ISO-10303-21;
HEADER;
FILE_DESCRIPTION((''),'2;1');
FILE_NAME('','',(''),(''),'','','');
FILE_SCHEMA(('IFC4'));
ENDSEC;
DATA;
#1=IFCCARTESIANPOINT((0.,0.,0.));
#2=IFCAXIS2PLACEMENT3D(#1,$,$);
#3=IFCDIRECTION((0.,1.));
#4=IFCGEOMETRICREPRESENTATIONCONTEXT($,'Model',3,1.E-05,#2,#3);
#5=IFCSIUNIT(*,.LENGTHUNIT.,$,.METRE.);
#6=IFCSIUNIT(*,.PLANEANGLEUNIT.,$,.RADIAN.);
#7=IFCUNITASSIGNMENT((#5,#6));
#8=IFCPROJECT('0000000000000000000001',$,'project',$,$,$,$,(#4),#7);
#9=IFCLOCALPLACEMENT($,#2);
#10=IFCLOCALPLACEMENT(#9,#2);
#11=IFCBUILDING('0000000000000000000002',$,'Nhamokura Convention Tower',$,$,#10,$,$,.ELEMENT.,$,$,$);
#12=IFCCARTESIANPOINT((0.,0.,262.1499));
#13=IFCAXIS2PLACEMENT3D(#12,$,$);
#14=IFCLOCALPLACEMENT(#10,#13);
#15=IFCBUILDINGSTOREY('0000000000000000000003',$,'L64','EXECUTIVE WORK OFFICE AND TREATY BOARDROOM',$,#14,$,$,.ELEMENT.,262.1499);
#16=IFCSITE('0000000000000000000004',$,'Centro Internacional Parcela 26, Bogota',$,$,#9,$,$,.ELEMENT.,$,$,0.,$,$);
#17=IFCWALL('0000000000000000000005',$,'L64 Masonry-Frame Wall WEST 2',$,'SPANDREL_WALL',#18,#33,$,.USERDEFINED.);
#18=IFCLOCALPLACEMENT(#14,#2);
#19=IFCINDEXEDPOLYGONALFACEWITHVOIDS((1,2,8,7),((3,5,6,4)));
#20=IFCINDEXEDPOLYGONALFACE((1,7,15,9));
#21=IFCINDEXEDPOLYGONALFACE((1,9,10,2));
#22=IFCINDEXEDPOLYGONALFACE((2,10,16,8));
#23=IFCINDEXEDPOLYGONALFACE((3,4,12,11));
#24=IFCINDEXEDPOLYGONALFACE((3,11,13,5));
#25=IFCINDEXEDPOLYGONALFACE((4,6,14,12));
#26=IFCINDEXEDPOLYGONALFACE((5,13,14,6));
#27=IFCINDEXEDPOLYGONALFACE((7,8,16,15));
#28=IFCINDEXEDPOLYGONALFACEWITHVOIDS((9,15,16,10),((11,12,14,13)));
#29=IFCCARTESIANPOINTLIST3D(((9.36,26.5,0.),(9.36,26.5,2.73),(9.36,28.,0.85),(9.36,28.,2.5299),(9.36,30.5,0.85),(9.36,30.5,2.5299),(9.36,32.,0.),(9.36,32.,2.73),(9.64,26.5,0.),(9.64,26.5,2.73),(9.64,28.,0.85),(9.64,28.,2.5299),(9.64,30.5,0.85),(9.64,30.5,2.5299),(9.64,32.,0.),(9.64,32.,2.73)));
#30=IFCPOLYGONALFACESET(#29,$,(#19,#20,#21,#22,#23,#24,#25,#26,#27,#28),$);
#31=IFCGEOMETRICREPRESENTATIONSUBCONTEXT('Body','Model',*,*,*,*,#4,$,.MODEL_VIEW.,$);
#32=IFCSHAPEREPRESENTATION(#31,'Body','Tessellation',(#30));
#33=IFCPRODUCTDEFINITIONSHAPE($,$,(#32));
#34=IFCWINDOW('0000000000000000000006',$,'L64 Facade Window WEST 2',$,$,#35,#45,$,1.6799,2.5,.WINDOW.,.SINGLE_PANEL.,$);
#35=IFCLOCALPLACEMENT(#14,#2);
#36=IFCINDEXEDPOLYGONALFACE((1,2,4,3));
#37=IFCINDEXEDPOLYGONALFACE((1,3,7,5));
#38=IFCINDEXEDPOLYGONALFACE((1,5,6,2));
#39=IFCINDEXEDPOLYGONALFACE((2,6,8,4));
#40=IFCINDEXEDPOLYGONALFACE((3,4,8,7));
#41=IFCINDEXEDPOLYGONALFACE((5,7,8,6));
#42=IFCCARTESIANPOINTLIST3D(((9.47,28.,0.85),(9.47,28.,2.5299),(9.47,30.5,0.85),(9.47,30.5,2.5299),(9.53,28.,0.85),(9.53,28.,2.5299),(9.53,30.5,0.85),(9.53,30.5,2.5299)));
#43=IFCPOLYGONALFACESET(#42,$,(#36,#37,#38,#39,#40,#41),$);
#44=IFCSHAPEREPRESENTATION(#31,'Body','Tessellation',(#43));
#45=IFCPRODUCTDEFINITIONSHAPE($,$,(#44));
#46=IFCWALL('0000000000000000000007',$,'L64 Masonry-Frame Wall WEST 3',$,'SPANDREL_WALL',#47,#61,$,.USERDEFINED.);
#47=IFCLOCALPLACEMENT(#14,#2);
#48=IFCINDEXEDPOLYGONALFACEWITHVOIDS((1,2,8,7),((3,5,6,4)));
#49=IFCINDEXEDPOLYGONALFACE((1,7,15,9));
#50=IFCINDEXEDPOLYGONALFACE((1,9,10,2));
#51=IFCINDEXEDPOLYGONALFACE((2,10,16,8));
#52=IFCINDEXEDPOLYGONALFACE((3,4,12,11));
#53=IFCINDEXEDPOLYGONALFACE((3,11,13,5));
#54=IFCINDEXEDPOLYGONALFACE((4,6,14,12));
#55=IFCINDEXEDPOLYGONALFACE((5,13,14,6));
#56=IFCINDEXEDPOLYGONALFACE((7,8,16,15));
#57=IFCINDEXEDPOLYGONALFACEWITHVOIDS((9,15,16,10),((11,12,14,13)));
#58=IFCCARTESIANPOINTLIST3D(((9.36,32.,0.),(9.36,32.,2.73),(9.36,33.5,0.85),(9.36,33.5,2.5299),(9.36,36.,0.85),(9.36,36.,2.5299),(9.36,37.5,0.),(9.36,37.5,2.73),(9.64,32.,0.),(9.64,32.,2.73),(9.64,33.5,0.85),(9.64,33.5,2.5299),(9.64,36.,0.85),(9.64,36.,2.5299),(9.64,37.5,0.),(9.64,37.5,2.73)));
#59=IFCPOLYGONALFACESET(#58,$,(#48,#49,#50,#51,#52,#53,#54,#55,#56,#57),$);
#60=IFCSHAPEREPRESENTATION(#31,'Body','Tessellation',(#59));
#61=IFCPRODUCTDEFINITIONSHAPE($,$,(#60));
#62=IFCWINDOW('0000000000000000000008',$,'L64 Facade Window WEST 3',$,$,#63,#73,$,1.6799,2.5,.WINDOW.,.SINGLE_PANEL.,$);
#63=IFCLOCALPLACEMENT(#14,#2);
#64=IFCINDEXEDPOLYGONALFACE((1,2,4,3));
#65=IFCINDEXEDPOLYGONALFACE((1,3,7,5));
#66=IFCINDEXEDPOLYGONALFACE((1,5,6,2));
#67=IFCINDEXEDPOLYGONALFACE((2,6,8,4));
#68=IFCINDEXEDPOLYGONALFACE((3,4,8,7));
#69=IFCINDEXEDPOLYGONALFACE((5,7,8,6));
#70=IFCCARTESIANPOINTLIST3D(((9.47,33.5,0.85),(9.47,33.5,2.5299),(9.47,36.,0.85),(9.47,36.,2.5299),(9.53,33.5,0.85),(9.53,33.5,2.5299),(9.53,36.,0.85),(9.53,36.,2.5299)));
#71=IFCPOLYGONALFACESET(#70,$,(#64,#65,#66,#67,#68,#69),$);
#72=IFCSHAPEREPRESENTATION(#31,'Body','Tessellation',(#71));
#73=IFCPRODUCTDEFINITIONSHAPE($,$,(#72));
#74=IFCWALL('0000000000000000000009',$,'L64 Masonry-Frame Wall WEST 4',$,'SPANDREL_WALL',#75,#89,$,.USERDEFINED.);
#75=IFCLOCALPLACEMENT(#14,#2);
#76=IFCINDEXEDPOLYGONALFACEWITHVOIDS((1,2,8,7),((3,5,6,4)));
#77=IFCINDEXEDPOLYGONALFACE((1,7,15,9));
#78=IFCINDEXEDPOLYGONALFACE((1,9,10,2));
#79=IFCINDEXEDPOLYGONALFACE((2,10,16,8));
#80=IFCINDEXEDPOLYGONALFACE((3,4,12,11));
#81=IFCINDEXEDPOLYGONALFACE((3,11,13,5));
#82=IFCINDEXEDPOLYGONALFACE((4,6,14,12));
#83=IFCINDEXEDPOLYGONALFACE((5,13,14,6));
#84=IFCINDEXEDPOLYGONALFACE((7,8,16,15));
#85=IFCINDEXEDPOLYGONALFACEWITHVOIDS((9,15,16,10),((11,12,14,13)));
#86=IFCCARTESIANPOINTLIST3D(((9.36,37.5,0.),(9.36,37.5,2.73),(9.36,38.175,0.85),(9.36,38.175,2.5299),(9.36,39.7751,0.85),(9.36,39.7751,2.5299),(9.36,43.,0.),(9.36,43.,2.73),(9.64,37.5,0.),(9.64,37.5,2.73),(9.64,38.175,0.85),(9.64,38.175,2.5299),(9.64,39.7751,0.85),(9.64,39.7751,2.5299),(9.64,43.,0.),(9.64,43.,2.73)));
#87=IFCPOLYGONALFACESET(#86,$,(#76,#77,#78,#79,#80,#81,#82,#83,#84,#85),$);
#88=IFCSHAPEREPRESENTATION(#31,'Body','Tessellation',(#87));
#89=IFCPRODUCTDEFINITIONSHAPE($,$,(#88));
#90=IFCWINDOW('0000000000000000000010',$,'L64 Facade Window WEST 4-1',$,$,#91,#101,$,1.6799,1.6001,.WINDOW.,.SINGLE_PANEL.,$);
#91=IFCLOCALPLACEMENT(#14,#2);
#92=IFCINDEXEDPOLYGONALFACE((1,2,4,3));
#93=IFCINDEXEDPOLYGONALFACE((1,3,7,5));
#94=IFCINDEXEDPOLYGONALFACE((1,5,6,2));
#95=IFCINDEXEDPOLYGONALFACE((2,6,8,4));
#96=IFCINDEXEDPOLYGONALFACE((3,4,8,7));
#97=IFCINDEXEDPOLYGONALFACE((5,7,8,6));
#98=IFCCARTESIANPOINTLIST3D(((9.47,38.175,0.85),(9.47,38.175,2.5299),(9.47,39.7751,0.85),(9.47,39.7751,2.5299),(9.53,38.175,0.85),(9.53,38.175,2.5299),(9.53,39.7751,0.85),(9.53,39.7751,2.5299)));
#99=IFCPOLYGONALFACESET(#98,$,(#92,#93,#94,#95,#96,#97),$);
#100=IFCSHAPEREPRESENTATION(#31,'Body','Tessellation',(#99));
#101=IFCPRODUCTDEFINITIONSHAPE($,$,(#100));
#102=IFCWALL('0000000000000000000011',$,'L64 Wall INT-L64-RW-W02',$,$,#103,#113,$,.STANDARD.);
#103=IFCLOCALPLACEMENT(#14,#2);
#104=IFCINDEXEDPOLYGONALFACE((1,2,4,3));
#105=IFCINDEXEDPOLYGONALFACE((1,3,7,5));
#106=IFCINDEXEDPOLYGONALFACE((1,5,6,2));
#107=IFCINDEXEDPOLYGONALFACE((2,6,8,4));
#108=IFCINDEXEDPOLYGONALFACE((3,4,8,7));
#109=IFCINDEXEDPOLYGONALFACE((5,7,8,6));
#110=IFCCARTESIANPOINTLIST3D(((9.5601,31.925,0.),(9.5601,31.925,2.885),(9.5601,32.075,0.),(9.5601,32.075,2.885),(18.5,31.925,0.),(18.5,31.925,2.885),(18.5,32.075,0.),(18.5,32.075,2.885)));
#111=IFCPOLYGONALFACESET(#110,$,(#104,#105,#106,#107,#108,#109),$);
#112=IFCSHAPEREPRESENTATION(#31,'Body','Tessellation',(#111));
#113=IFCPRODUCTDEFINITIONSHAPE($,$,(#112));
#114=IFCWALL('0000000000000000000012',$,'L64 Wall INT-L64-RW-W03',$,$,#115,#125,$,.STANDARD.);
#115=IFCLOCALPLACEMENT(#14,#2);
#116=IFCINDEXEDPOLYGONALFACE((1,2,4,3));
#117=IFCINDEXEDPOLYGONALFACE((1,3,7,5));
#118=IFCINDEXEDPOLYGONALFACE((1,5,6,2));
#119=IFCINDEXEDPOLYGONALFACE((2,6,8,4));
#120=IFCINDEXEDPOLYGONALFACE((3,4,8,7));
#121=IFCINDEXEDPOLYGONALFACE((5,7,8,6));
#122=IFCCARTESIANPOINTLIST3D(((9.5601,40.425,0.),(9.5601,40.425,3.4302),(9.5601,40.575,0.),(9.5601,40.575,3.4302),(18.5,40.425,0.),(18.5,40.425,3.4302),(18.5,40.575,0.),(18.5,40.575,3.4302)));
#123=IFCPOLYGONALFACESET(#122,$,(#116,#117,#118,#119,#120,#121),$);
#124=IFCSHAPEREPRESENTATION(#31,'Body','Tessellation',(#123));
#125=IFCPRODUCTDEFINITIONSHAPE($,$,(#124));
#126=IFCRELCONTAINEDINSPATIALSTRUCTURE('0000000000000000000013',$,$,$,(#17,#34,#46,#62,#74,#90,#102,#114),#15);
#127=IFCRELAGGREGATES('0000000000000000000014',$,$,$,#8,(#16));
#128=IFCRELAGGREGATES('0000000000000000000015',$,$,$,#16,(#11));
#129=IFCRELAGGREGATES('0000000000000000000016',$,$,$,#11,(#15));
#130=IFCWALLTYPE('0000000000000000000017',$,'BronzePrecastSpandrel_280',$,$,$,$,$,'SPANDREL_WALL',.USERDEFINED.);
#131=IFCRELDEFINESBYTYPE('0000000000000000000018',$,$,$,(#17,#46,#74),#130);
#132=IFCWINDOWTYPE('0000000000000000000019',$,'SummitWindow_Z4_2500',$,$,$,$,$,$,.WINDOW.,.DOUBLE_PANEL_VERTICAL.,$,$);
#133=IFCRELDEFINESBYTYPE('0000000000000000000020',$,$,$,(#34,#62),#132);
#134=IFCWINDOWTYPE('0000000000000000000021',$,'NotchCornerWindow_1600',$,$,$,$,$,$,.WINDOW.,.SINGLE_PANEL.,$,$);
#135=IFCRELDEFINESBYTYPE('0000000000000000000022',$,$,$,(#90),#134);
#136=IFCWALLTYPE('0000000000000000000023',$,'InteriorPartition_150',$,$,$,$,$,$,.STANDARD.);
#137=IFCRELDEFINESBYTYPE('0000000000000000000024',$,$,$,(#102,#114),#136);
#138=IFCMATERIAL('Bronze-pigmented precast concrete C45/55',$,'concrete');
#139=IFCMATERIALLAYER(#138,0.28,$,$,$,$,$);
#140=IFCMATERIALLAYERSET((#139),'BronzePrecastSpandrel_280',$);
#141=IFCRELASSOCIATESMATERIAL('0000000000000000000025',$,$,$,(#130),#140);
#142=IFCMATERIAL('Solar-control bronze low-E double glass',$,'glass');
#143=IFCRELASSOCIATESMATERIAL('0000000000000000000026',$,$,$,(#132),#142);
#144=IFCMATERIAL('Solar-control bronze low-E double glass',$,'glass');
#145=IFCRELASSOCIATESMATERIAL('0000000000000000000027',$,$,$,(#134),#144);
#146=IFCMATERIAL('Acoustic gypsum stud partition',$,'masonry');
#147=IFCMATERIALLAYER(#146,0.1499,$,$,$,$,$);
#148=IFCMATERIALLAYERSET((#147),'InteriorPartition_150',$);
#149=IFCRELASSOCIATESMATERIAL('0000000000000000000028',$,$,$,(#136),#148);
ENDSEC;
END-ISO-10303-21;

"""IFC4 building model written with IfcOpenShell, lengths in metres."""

from ifc_helpers import new_model, si_unit, direction, frame, frame_2d, origin, place, context, subcontext, project, spatial, rectangle, extrude, material, layer, layer_set, type_object, element, fill, save


model = new_model("IFC4")

# Units and contexts
model_context = context("Model", 3, precision=1e-05, world=origin(), true_north=direction((0.0, 1.0)))
body_context = subcontext(model_context, "Body", "Model", "MODEL_VIEW")
ifc_project = project(units=[si_unit("LENGTHUNIT", "METRE"), si_unit("PLANEANGLEUNIT", "RADIAN")], contexts=[model_context])

# Site, building, storey
site_placement = place(None, origin())
site = spatial("IfcSite", under=ifc_project, at=site_placement, Name="Centro Internacional Parcela 26, Bogota", CompositionType="ELEMENT", RefElevation=0.0)
building_placement = place(site_placement, origin())
building = spatial("IfcBuilding", under=site, at=building_placement, Name="Nhamokura Convention Tower", CompositionType="ELEMENT")
storey_placement = place(building_placement, frame((0.0, 0.0, 262.1499)))
storey = spatial("IfcBuildingStorey", under=building, at=storey_placement, Name="L64", Description="EXECUTIVE WORK OFFICE AND TREATY BOARDROOM", CompositionType="ELEMENT", Elevation=262.1499)

# Walls, openings, windows
ifc_material_1 = material(Name="Bronze-pigmented precast concrete C45/55", Category="concrete")
ifc_layer_1 = layer(ifc_material_1, 0.28)
ifc_layer_set_1 = layer_set([ifc_layer_1], Name="BronzePrecastSpandrel_280")
wall_type_1 = type_object("IfcWallType", Name="BronzePrecastSpandrel_280", ElementType="SPANDREL_WALL", PredefinedType="USERDEFINED", material=ifc_layer_set_1)
wall_1_placement = place(storey_placement, frame((9.5, 26.5, 0.0), z_axis=(0.0, 0.0, 1.0), x_axis=(0.0, 1.0, 0.0)))
wall_1 = element("IfcWall", 1, at=wall_1_placement, inside=storey, type_object=wall_type_1, Name="L64 Masonry-Frame Wall WEST 2", ObjectType="SPANDREL_WALL", PredefinedType="USERDEFINED", context=body_context, shape_type="SweptSolid", body=[
    extrude(rectangle(XDim=5.5, YDim=0.28, at=frame_2d((2.75, 0.0))), origin(), (0.0, 0.0, 1.0), 2.73),
])
opening_1_placement = place(wall_1_placement, frame((1.5, 0.0, 0.8501)))
opening_1 = element("IfcOpeningElement", 2, at=opening_1_placement, cuts=wall_1, PredefinedType="OPENING", context=body_context, shape_type="SweptSolid", body=[
    extrude(rectangle(XDim=2.5, YDim=1.6799, at=frame_2d((1.25, 0.8398))), frame((0.0, 0.1499, 0.0), z_axis=(0.0, -1.0, 0.0), x_axis=(1.0, 0.0, 0.0)), (0.0, 0.0, 1.0), 0.3),
])
ifc_material_2 = material(Name="Solar-control bronze low-E double glass", Category="glass")
window_type_1 = type_object("IfcWindowType", Name="SummitWindow_Z4_2500", PartitioningType="DOUBLE_PANEL_VERTICAL", PredefinedType="WINDOW", material=ifc_material_2)
window_1_placement = place(opening_1_placement, origin())
window_1 = element("IfcWindow", 3, at=window_1_placement, inside=storey, type_object=window_type_1, Name="L64 Facade Window WEST 2", OverallHeight=1.6799, OverallWidth=2.5, PartitioningType="SINGLE_PANEL", PredefinedType="WINDOW", context=body_context, shape_type="SweptSolid", body=[
    extrude(rectangle(XDim=2.5, YDim=1.6799, at=frame_2d((1.25, 0.8398))), frame((0.0, 0.03, 0.0), z_axis=(0.0, -1.0, 0.0), x_axis=(1.0, 0.0, 0.0)), (0.0, 0.0, 1.0), 0.0601),
])
fill(opening_1, window_1)
wall_2_placement = place(storey_placement, frame((9.5, 32.0, 0.0), z_axis=(0.0, 0.0, 1.0), x_axis=(0.0, 1.0, 0.0)))
wall_2 = element("IfcWall", 4, at=wall_2_placement, inside=storey, type_object=wall_type_1, Name="L64 Masonry-Frame Wall WEST 3", ObjectType="SPANDREL_WALL", PredefinedType="USERDEFINED", context=body_context, shape_type="SweptSolid", body=[
    extrude(rectangle(XDim=5.5, YDim=0.28, at=frame_2d((2.75, 0.0))), origin(), (0.0, 0.0, 1.0), 2.73),
])
opening_2_placement = place(wall_2_placement, frame((1.5, 0.0, 0.8501)))
opening_2 = element("IfcOpeningElement", 5, at=opening_2_placement, cuts=wall_2, PredefinedType="OPENING", context=body_context, shape_type="SweptSolid", body=[
    extrude(rectangle(XDim=2.5, YDim=1.6799, at=frame_2d((1.25, 0.8398))), frame((0.0, 0.1499, 0.0), z_axis=(0.0, -1.0, 0.0), x_axis=(1.0, 0.0, 0.0)), (0.0, 0.0, 1.0), 0.3),
])
window_2_placement = place(opening_2_placement, origin())
window_2 = element("IfcWindow", 6, at=window_2_placement, inside=storey, type_object=window_type_1, Name="L64 Facade Window WEST 3", OverallHeight=1.6799, OverallWidth=2.5, PartitioningType="SINGLE_PANEL", PredefinedType="WINDOW", context=body_context, shape_type="SweptSolid", body=[
    extrude(rectangle(XDim=2.5, YDim=1.6799, at=frame_2d((1.25, 0.8398))), frame((0.0, 0.03, 0.0), z_axis=(0.0, -1.0, 0.0), x_axis=(1.0, 0.0, 0.0)), (0.0, 0.0, 1.0), 0.0601),
])
fill(opening_2, window_2)
wall_3_placement = place(storey_placement, frame((9.5, 37.5, 0.0), z_axis=(0.0, 0.0, 1.0), x_axis=(0.0, 1.0, 0.0)))
wall_3 = element("IfcWall", 7, at=wall_3_placement, inside=storey, type_object=wall_type_1, Name="L64 Masonry-Frame Wall WEST 4", ObjectType="SPANDREL_WALL", PredefinedType="USERDEFINED", context=body_context, shape_type="SweptSolid", body=[
    extrude(rectangle(XDim=5.5, YDim=0.28, at=frame_2d((2.75, 0.0))), origin(), (0.0, 0.0, 1.0), 2.73),
])
opening_3_placement = place(wall_3_placement, frame((0.675, 0.0, 0.8501)))
opening_3 = element("IfcOpeningElement", 8, at=opening_3_placement, cuts=wall_3, PredefinedType="OPENING", context=body_context, shape_type="SweptSolid", body=[
    extrude(rectangle(XDim=1.6001, YDim=1.6799, at=frame_2d((0.8, 0.8398))), frame((0.0, 0.1499, 0.0), z_axis=(0.0, -1.0, 0.0), x_axis=(1.0, 0.0, 0.0)), (0.0, 0.0, 1.0), 0.3),
])
ifc_material_3 = material(Name="Solar-control bronze low-E double glass", Category="glass")
window_type_2 = type_object("IfcWindowType", Name="NotchCornerWindow_1600", PartitioningType="SINGLE_PANEL", PredefinedType="WINDOW", material=ifc_material_3)
window_3_placement = place(opening_3_placement, origin())
window_3 = element("IfcWindow", 9, at=window_3_placement, inside=storey, type_object=window_type_2, Name="L64 Facade Window WEST 4-1", OverallHeight=1.6799, OverallWidth=1.6001, PartitioningType="SINGLE_PANEL", PredefinedType="WINDOW", context=body_context, shape_type="SweptSolid", body=[
    extrude(rectangle(XDim=1.6001, YDim=1.6799, at=frame_2d((0.8, 0.8398))), frame((0.0, 0.03, 0.0), z_axis=(0.0, -1.0, 0.0), x_axis=(1.0, 0.0, 0.0)), (0.0, 0.0, 1.0), 0.0601),
])
fill(opening_3, window_3)

# Walls
ifc_material_4 = material(Name="Acoustic gypsum stud partition", Category="masonry")
ifc_layer_2 = layer(ifc_material_4, 0.1499)
ifc_layer_set_2 = layer_set([ifc_layer_2], Name="InteriorPartition_150")
wall_type_2 = type_object("IfcWallType", Name="InteriorPartition_150", PredefinedType="STANDARD", material=ifc_layer_set_2)
wall_4_placement = place(storey_placement, frame((9.5601, 32.0, 0.0), z_axis=(0.0, 0.0, 1.0), x_axis=(1.0, 0.0, 0.0)))
element("IfcWall", 10, at=wall_4_placement, inside=storey, type_object=wall_type_2, Name="L64 Wall INT-L64-RW-W02", PredefinedType="STANDARD", context=body_context, shape_type="SweptSolid", body=[
    extrude(rectangle(XDim=8.9399, YDim=0.1499, at=frame_2d((4.47, 0.0))), origin(), (0.0, 0.0, 1.0), 2.885),
])
wall_5_placement = place(storey_placement, frame((9.5601, 40.5, 0.0), z_axis=(0.0, 0.0, 1.0), x_axis=(1.0, 0.0, 0.0)))
element("IfcWall", 11, at=wall_5_placement, inside=storey, type_object=wall_type_2, Name="L64 Wall INT-L64-RW-W03", PredefinedType="STANDARD", context=body_context, shape_type="SweptSolid", body=[
    extrude(rectangle(XDim=8.9399, YDim=0.1499, at=frame_2d((4.47, 0.0))), origin(), (0.0, 0.0, 1.0), 3.4302),
])

save(model, "model.ifc")
